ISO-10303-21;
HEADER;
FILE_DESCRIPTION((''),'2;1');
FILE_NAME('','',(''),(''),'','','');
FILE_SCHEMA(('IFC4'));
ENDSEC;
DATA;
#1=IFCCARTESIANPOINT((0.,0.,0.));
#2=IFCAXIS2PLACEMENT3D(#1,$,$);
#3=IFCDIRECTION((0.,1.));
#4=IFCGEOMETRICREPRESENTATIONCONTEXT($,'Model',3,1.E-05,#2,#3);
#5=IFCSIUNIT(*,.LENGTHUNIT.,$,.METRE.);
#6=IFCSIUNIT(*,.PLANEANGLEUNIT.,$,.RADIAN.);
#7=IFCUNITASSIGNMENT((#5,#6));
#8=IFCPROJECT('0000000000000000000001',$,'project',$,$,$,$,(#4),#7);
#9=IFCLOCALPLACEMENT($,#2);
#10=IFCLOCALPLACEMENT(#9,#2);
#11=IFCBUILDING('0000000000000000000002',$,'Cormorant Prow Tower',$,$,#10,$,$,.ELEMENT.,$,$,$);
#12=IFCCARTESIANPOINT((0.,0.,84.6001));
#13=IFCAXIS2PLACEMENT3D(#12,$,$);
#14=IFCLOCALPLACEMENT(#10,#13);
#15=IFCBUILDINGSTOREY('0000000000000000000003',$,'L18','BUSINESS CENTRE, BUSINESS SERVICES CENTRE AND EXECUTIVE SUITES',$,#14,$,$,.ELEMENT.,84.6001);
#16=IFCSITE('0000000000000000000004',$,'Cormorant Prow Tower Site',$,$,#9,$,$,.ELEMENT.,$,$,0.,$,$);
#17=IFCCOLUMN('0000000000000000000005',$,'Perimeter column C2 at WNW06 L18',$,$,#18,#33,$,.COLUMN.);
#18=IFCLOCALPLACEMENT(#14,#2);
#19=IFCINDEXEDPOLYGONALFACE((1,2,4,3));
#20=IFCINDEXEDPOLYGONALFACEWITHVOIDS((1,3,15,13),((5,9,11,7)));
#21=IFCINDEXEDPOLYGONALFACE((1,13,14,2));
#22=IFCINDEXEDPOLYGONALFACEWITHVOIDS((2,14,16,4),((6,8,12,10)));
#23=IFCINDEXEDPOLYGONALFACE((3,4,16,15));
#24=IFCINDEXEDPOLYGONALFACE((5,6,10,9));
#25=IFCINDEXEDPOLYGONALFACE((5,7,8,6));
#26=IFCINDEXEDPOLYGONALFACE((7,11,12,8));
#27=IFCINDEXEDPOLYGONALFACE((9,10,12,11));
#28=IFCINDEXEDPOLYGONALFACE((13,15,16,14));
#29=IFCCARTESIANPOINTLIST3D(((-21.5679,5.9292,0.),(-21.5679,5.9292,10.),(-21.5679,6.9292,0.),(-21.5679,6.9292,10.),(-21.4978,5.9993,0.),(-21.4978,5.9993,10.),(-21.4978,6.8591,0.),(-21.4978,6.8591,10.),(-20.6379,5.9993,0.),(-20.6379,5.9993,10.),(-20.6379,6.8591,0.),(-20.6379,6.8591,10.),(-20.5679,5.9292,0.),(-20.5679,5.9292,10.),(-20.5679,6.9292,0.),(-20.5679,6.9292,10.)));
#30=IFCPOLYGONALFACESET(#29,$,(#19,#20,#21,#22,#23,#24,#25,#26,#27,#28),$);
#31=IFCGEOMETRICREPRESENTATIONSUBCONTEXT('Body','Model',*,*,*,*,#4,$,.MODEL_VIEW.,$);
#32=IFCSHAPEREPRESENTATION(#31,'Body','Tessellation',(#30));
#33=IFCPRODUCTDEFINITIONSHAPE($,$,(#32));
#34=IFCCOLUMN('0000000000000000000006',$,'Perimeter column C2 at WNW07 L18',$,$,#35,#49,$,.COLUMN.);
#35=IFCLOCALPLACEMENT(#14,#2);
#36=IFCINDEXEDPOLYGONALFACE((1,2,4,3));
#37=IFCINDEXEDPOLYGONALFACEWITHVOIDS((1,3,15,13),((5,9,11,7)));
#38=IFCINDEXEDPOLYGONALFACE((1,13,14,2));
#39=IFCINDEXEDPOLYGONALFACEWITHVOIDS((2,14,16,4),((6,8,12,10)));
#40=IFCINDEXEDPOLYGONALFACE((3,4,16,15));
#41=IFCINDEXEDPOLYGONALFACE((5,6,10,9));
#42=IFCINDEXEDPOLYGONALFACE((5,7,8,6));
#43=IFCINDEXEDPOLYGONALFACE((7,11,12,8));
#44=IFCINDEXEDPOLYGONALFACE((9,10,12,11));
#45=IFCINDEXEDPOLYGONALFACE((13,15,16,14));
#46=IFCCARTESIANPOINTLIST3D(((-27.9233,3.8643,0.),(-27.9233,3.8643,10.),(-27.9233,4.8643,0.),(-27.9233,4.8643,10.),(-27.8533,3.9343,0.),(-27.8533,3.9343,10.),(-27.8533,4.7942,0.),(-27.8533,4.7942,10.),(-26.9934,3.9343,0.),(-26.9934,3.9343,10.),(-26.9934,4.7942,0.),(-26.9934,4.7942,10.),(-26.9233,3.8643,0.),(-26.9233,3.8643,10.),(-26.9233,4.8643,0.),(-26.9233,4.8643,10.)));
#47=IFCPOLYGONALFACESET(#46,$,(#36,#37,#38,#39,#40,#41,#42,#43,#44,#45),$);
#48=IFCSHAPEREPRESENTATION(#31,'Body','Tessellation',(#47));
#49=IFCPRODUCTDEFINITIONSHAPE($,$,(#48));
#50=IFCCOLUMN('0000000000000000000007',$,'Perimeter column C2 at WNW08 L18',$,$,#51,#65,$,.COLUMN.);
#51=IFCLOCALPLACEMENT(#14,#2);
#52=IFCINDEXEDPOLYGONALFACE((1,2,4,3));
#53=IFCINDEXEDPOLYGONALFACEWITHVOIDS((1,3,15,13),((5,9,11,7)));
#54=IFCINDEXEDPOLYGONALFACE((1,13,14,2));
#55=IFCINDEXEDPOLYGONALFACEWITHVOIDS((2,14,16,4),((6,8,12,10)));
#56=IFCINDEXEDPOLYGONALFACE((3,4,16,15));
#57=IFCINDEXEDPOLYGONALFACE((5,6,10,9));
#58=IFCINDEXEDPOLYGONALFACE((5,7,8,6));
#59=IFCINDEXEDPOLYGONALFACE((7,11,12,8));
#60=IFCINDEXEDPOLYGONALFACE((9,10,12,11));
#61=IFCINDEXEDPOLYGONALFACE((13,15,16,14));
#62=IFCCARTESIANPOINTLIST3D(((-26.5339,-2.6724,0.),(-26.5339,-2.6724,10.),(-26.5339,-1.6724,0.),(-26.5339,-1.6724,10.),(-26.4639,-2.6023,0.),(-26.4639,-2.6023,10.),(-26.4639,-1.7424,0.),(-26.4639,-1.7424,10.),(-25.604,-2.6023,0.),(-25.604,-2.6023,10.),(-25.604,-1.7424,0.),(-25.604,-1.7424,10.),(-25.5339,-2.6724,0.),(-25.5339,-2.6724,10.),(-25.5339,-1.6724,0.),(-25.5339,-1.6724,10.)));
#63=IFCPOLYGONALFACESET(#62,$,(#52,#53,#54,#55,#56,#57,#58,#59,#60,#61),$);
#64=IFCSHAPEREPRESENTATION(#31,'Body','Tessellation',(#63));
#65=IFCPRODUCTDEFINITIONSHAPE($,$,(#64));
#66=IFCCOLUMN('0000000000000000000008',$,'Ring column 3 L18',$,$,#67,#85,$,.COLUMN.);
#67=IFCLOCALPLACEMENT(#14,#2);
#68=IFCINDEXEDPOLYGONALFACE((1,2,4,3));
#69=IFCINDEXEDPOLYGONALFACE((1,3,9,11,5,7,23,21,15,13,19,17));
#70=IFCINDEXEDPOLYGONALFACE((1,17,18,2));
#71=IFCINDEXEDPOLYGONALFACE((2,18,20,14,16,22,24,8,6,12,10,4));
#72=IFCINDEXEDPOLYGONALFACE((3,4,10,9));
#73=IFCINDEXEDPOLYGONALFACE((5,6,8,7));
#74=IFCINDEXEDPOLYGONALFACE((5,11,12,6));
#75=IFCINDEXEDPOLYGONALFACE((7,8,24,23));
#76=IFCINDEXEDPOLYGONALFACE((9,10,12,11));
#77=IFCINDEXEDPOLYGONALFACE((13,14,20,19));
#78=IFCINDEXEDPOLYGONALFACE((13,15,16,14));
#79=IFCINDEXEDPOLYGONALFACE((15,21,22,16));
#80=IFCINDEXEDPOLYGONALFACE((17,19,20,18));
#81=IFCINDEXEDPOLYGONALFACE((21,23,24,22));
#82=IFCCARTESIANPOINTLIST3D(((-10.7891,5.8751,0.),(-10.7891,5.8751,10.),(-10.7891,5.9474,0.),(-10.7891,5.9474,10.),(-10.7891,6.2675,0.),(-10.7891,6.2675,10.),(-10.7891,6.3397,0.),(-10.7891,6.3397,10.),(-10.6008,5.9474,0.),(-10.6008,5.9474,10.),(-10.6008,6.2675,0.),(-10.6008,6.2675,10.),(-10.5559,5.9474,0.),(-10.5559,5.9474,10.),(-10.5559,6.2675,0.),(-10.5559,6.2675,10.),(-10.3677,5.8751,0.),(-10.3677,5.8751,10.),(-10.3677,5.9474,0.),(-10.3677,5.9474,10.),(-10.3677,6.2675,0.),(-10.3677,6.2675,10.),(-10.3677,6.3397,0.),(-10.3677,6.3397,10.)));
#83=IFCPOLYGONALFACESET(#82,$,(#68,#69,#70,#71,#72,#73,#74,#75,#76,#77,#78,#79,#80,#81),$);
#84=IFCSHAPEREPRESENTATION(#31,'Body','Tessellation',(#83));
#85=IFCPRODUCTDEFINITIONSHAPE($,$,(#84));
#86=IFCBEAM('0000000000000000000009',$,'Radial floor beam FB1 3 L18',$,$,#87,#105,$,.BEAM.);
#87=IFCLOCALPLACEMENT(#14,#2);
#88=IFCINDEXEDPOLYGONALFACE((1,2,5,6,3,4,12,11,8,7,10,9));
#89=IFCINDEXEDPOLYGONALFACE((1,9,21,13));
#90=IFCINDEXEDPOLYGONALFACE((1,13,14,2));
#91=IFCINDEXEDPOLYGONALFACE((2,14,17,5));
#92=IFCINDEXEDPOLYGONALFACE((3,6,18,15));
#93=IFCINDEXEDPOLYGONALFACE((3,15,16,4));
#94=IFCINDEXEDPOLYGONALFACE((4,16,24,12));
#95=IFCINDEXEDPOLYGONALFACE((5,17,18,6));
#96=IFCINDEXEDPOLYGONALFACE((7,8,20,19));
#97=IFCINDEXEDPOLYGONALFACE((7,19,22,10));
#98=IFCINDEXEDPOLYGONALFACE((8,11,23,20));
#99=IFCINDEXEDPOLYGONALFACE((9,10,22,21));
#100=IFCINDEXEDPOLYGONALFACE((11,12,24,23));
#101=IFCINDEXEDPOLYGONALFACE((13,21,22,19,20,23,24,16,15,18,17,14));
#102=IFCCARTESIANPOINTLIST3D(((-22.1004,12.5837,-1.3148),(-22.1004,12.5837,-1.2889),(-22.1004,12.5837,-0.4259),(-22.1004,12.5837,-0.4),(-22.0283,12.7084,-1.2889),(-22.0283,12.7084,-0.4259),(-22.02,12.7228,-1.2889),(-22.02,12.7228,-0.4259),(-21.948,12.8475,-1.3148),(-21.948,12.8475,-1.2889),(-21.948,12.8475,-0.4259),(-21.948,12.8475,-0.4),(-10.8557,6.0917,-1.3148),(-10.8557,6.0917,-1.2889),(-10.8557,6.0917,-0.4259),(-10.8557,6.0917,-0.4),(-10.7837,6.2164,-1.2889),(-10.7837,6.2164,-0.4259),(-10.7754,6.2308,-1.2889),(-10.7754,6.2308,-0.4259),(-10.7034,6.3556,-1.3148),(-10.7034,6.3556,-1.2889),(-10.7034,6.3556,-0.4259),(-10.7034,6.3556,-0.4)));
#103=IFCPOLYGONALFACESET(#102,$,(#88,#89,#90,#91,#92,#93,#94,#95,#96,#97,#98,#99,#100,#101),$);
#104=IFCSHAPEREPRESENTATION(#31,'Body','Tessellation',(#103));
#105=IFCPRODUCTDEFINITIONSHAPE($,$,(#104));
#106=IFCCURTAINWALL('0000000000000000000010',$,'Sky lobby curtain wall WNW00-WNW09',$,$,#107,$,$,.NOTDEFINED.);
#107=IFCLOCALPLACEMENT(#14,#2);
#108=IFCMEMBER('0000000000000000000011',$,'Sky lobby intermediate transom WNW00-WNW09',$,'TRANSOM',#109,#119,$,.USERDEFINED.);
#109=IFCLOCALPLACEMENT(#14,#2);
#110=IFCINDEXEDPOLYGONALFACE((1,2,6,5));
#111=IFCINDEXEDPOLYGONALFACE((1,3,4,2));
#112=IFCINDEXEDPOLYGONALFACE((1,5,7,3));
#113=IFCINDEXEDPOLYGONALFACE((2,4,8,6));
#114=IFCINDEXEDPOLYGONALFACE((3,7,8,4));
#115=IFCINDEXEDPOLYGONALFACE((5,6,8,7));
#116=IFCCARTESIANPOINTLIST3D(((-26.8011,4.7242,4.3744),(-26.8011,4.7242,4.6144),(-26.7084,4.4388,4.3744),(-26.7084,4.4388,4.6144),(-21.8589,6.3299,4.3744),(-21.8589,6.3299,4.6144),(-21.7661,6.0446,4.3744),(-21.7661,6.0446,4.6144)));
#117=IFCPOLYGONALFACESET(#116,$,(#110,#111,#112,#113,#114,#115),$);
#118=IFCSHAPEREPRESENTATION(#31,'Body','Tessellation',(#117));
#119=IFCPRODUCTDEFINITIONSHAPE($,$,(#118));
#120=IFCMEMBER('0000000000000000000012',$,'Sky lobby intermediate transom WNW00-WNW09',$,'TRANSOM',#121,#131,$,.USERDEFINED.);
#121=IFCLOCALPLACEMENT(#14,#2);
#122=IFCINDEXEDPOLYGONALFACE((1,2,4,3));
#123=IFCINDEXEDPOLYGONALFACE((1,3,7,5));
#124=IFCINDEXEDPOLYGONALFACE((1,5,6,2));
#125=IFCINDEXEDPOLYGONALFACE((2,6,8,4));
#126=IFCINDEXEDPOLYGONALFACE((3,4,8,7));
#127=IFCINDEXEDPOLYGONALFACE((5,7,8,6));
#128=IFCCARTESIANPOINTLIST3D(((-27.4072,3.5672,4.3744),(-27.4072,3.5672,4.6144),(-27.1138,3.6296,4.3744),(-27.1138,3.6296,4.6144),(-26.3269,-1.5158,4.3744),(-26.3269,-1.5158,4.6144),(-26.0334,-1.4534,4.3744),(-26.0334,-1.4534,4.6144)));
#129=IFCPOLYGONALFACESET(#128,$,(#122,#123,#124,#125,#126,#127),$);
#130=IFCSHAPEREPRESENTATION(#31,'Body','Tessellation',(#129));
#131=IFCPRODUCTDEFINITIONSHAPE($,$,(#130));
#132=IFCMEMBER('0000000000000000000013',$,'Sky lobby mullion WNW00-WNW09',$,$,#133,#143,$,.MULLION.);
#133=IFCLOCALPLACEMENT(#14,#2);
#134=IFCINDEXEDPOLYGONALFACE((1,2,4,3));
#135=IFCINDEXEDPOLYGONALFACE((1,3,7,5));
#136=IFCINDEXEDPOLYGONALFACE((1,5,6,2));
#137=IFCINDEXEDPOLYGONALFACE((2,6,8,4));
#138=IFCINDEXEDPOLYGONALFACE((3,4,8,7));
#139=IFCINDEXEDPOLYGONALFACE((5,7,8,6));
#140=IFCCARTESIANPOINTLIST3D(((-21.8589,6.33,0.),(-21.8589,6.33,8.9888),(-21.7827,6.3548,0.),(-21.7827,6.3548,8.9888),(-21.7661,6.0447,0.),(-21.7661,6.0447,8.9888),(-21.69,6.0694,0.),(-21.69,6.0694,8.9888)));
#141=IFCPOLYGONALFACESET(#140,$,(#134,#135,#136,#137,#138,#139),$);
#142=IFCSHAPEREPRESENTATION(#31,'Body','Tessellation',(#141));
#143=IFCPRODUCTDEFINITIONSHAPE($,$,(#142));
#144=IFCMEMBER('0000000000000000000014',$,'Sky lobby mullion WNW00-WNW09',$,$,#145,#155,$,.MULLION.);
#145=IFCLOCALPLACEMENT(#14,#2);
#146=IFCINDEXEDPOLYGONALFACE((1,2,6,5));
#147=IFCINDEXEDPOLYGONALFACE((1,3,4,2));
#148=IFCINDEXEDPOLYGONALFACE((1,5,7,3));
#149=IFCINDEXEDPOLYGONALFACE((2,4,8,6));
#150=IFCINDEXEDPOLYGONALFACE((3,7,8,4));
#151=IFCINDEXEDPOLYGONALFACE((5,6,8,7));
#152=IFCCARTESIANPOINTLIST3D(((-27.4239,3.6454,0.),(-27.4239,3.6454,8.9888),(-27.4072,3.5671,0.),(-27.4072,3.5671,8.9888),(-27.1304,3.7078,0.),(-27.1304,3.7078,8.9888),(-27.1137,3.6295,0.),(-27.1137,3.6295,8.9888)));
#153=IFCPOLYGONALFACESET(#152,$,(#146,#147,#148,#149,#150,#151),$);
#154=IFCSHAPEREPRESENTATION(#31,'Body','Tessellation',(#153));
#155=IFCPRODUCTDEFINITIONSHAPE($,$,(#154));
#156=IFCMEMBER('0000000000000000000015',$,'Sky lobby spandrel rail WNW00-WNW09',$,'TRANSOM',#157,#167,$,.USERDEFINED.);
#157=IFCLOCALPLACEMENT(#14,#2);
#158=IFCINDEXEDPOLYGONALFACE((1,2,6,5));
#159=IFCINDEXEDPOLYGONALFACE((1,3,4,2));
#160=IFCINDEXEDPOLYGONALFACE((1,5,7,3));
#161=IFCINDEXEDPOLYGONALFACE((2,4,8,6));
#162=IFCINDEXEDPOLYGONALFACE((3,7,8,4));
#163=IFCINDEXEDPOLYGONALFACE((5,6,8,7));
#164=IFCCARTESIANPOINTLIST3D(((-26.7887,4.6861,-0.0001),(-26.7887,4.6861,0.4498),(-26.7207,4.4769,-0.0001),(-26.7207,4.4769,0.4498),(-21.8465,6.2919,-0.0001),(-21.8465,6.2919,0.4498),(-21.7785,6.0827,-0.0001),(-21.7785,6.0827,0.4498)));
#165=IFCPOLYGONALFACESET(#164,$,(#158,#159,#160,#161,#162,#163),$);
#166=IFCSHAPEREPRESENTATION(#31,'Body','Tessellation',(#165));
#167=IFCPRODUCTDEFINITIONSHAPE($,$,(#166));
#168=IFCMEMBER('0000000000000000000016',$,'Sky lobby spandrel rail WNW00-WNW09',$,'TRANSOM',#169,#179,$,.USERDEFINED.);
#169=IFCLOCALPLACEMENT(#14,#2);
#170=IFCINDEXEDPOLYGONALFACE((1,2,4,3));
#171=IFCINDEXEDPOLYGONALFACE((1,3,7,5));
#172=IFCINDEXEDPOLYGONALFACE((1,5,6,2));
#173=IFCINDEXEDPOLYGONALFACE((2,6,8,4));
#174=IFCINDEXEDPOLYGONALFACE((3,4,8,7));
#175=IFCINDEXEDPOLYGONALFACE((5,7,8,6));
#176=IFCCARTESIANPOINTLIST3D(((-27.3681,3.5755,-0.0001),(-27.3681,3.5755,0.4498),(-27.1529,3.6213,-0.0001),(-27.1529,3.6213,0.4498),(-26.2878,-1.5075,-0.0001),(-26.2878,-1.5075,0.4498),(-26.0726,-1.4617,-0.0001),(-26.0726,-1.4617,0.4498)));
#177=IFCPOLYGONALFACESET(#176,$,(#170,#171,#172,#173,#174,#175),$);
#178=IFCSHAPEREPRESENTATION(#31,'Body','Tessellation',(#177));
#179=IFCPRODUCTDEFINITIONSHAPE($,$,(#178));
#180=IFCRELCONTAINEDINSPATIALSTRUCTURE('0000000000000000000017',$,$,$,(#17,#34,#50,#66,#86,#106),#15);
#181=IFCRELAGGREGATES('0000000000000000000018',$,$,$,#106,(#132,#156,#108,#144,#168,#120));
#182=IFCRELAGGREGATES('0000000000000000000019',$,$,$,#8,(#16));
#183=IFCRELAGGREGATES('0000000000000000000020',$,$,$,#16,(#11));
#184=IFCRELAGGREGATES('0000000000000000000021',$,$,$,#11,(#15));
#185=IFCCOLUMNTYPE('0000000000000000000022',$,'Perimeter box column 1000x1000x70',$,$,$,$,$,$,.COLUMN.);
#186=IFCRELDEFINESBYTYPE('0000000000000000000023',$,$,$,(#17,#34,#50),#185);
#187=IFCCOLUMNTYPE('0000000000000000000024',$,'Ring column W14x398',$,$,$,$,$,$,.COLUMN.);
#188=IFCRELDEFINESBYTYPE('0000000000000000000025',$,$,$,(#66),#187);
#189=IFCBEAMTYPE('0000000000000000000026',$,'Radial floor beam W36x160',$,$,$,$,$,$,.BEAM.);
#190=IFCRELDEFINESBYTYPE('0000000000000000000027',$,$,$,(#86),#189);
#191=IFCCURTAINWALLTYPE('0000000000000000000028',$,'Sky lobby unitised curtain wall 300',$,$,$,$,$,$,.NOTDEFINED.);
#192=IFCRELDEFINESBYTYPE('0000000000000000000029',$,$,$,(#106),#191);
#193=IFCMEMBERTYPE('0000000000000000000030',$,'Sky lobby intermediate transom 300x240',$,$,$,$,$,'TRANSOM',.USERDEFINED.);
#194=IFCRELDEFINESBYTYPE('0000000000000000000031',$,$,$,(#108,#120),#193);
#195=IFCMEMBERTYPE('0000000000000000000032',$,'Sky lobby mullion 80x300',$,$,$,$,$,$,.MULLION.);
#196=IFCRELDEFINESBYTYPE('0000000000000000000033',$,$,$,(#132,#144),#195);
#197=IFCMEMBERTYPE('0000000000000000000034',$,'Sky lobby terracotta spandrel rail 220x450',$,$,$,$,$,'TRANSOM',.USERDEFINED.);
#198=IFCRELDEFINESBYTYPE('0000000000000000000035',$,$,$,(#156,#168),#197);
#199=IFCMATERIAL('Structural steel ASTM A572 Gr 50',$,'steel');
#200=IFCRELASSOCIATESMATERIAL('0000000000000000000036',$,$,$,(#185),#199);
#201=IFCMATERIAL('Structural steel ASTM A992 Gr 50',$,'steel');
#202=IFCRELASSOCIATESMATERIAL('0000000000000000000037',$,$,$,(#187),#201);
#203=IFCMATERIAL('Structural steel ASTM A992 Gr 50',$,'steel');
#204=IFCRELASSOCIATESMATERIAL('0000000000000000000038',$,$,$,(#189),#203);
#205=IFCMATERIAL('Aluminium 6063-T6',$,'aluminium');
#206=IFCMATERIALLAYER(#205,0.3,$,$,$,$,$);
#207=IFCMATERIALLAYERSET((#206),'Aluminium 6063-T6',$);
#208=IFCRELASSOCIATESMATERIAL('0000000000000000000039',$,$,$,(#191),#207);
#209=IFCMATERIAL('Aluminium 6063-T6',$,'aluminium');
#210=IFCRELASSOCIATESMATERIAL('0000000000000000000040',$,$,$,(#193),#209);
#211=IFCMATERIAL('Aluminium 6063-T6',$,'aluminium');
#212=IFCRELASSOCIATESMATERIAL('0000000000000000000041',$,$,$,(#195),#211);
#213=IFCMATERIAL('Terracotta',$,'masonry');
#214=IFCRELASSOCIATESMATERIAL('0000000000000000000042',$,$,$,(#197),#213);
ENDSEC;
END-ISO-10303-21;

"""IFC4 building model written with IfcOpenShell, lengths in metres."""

from ifc_helpers import new_model, si_unit, direction, frame, origin, origin_2d, place, context, subcontext, project, spatial, rectangle, hollow_rectangle, i_section, extrude, material, layer, layer_set, material_profile, profile_set, type_object, element, aggregate, save


model = new_model("IFC4")

# Units and contexts
model_context = context("Model", 3, precision=1e-05, world=origin(), true_north=direction((0.0, 1.0)))
body_context = subcontext(model_context, "Body", "Model", "MODEL_VIEW")
ifc_project = project(units=[si_unit("LENGTHUNIT", "METRE"), si_unit("PLANEANGLEUNIT", "RADIAN")], contexts=[model_context])

# Site, building, storey
site_placement = place(None, origin())
site = spatial("IfcSite", under=ifc_project, at=site_placement, Name="Cormorant Prow Tower Site", CompositionType="ELEMENT", RefElevation=0.0)
building_placement = place(site_placement, origin())
building = spatial("IfcBuilding", under=site, at=building_placement, Name="Cormorant Prow Tower", CompositionType="ELEMENT")
storey_placement = place(building_placement, frame((0.0, 0.0, 84.6001)))
storey = spatial("IfcBuildingStorey", under=building, at=storey_placement, Name="L18", Description="BUSINESS CENTRE, BUSINESS SERVICES CENTRE AND EXECUTIVE SUITES", CompositionType="ELEMENT", Elevation=84.6001)

# Columns
ifc_material_1 = material(Name="Structural steel ASTM A572 Gr 50", Category="steel")
ifc_material_profile_1 = material_profile(ifc_material_1, hollow_rectangle(XDim=1.0, YDim=1.0, WallThickness=0.0701, at=origin_2d()), Name="Box 1000x1000x70")
ifc_profile_set_1 = profile_set([ifc_material_profile_1], Name="Structural steel ASTM A572 Gr 50")
column_type_1 = type_object("IfcColumnType", Name="Perimeter box column 1000x1000x70", PredefinedType="COLUMN", material=ifc_profile_set_1)
for number, where, z_axis, x_axis, name in (
    (1, (-21.0679, 6.4292, 0.0), (0.0, 0.0, 1.0), (1.0, 0.0, 0.0), "Perimeter column C2 at WNW06 L18"),
    (2, (-27.4233, 4.3643, 0.0), (0.0, 0.0, 1.0), (1.0, 0.0, 0.0), "Perimeter column C2 at WNW07 L18"),
    (3, (-26.0339, -2.1724, 0.0), (0.0, 0.0, 1.0), (1.0, 0.0, 0.0), "Perimeter column C2 at WNW08 L18"),
):
    element("IfcColumn", number, at=place(storey_placement, frame(where, z_axis=z_axis, x_axis=x_axis)), inside=storey, type_object=column_type_1, Name=name, PredefinedType="COLUMN", context=body_context, shape_type="SweptSolid", body=[
        extrude(hollow_rectangle(XDim=1.0, YDim=1.0, WallThickness=0.0701, at=origin_2d()), origin(), (0.0, 0.0, 1.0), 10.0),
    ])
ifc_material_2 = material(Name="Structural steel ASTM A992 Gr 50", Category="steel")
ifc_material_profile_2 = material_profile(ifc_material_2, i_section(OverallWidth=0.4214, OverallDepth=0.4646, WebThickness=0.0449, FlangeThickness=0.0723, at=origin_2d()), Name="W14x398")
ifc_profile_set_2 = profile_set([ifc_material_profile_2], Name="Structural steel ASTM A992 Gr 50")
column_type_2 = type_object("IfcColumnType", Name="Ring column W14x398", PredefinedType="COLUMN", material=ifc_profile_set_2)
column_placement = place(storey_placement, frame((-10.5784, 6.1074, 0.0), z_axis=(0.0, 0.0, 1.0), x_axis=(1.0, 0.0, 0.0)))
element("IfcColumn", 4, at=column_placement, inside=storey, type_object=column_type_2, Name="Ring column 3 L18", PredefinedType="COLUMN", context=body_context, shape_type="SweptSolid", body=[
    extrude(i_section(OverallWidth=0.4214, OverallDepth=0.4646, WebThickness=0.0449, FlangeThickness=0.0723, at=origin_2d()), origin(), (0.0, 0.0, 1.0), 10.0),
])

# Beam
ifc_material_3 = material(Name="Structural steel ASTM A992 Gr 50", Category="steel")
ifc_material_profile_3 = material_profile(ifc_material_3, i_section(OverallWidth=0.3047, OverallDepth=0.9148, WebThickness=0.0166, FlangeThickness=0.0259, at=origin_2d()), Name="W36x160")
ifc_profile_set_3 = profile_set([ifc_material_profile_3], Name="Structural steel ASTM A992 Gr 50")
beam_type_1 = type_object("IfcBeamType", Name="Radial floor beam W36x160", PredefinedType="BEAM", material=ifc_profile_set_3)
beam_1_placement = place(storey_placement, frame((-10.7795, 6.2236, -0.8574), z_axis=(-0.86603, 0.499992, 0.0), x_axis=(-0.499992, -0.86603, 0.0)))
element("IfcBeam", 5, at=beam_1_placement, inside=storey, type_object=beam_type_1, Name="Radial floor beam FB1 3 L18", PredefinedType="BEAM", context=body_context, shape_type="SweptSolid", body=[
    extrude(i_section(OverallWidth=0.3047, OverallDepth=0.9148, WebThickness=0.0166, FlangeThickness=0.0259, at=origin_2d()), origin(), (0.0, 0.0, 1.0), 12.9841),
])

# Curtain wall, members
ifc_material_4 = material(Name="Aluminium 6063-T6", Category="aluminium")
ifc_layer_1 = layer(ifc_material_4, 0.3)
ifc_layer_set_1 = layer_set([ifc_layer_1], Name="Aluminium 6063-T6")
curtain_wall_type = type_object("IfcCurtainWallType", Name="Sky lobby unitised curtain wall 300", PredefinedType="NOTDEFINED", material=ifc_layer_set_1)
curtain_wall_placement = place(storey_placement, origin())
curtain_wall = element("IfcCurtainWall", 6, at=curtain_wall_placement, inside=storey, type_object=curtain_wall_type, Name="Sky lobby curtain wall WNW00-WNW09", PredefinedType="NOTDEFINED")
ifc_material_5 = material(Name="Aluminium 6063-T6", Category="aluminium")
ifc_material_profile_4 = material_profile(ifc_material_5, rectangle(XDim=0.3, YDim=0.24, at=origin_2d()), Name="Sky lobby intermediate transom 300x240")
ifc_profile_set_4 = profile_set([ifc_material_profile_4], Name="Aluminium 6063-T6")
member_type_1 = type_object("IfcMemberType", Name="Sky lobby intermediate transom 300x240", ElementType="TRANSOM", PredefinedType="USERDEFINED", material=ifc_profile_set_4)
member_1_placement = place(storey_placement, frame((-21.8125, 6.1873, 4.4944), z_axis=(-0.951061, -0.309002, 0.0), x_axis=(0.309002, -0.951061, 0.0)))
member_1 = element("IfcMember", 7, at=member_1_placement, type_object=member_type_1, Name="Sky lobby intermediate transom WNW00-WNW09", ObjectType="TRANSOM", PredefinedType="USERDEFINED", context=body_context, shape_type="SweptSolid", body=[
    extrude(rectangle(XDim=0.3, YDim=0.24, at=origin_2d()), origin(), (0.0, 0.0, 1.0), 5.1965),
])
member_2_placement = place(storey_placement, frame((-27.2605, 3.5984, 4.4944), z_axis=(0.207892, -0.978152, 0.0), x_axis=(0.978152, 0.207892, 0.0)))
member_2 = element("IfcMember", 8, at=member_2_placement, type_object=member_type_1, Name="Sky lobby intermediate transom WNW00-WNW09", ObjectType="TRANSOM", PredefinedType="USERDEFINED", context=body_context, shape_type="SweptSolid", body=[
    extrude(rectangle(XDim=0.3, YDim=0.24, at=origin_2d()), origin(), (0.0, 0.0, 1.0), 5.1965),
])
ifc_material_6 = material(Name="Aluminium 6063-T6", Category="aluminium")
ifc_material_profile_5 = material_profile(ifc_material_6, rectangle(XDim=0.3, YDim=0.0801, at=origin_2d()), Name="Sky lobby mullion 80x300")
ifc_profile_set_5 = profile_set([ifc_material_profile_5], Name="Aluminium 6063-T6")
member_type_2 = type_object("IfcMemberType", Name="Sky lobby mullion 80x300", PredefinedType="MULLION", material=ifc_profile_set_5)
member_3_placement = place(storey_placement, frame((-21.7744, 6.1997, 0.0), z_axis=(0.0, 0.0, 1.0), x_axis=(0.309017, -0.951057, 0.0)))
member_3 = element("IfcMember", 9, at=member_3_placement, type_object=member_type_2, Name="Sky lobby mullion WNW00-WNW09", PredefinedType="MULLION", context=body_context, shape_type="SweptSolid", body=[
    extrude(rectangle(XDim=0.3, YDim=0.0801, at=origin_2d()), origin(), (0.0, 0.0, 1.0), 8.9888),
])
member_4_placement = place(storey_placement, frame((-27.2688, 3.6375, 0.0), z_axis=(0.0, 0.0, 1.0), x_axis=(0.978148, 0.207912, 0.0)))
member_4 = element("IfcMember", 10, at=member_4_placement, type_object=member_type_2, Name="Sky lobby mullion WNW00-WNW09", PredefinedType="MULLION", context=body_context, shape_type="SweptSolid", body=[
    extrude(rectangle(XDim=0.3, YDim=0.0801, at=origin_2d()), origin(), (0.0, 0.0, 1.0), 8.9888),
])
ifc_material_7 = material(Name="Terracotta", Category="masonry")
ifc_material_profile_6 = material_profile(ifc_material_7, rectangle(XDim=0.22, YDim=0.45, at=origin_2d()), Name="Sky lobby terracotta spandrel rail 220x450")
ifc_profile_set_6 = profile_set([ifc_material_profile_6], Name="Terracotta")
member_type_3 = type_object("IfcMemberType", Name="Sky lobby terracotta spandrel rail 220x450", ElementType="TRANSOM", PredefinedType="USERDEFINED", material=ifc_profile_set_6)
member_5_placement = place(storey_placement, frame((-21.8125, 6.1873, 0.2249), z_axis=(-0.951061, -0.309002, 0.0), x_axis=(0.309002, -0.951061, 0.0)))
member_5 = element("IfcMember", 11, at=member_5_placement, type_object=member_type_3, Name="Sky lobby spandrel rail WNW00-WNW09", ObjectType="TRANSOM", PredefinedType="USERDEFINED", context=body_context, shape_type="SweptSolid", body=[
    extrude(rectangle(XDim=0.22, YDim=0.45, at=origin_2d()), origin(), (0.0, 0.0, 1.0), 5.1965),
])
member_6_placement = place(storey_placement, frame((-27.2605, 3.5984, 0.2249), z_axis=(0.207892, -0.978152, 0.0), x_axis=(0.978152, 0.207892, 0.0)))
member_6 = element("IfcMember", 12, at=member_6_placement, type_object=member_type_3, Name="Sky lobby spandrel rail WNW00-WNW09", ObjectType="TRANSOM", PredefinedType="USERDEFINED", context=body_context, shape_type="SweptSolid", body=[
    extrude(rectangle(XDim=0.22, YDim=0.45, at=origin_2d()), origin(), (0.0, 0.0, 1.0), 5.1965),
])

aggregate(curtain_wall, [member_3, member_5, member_1, member_4, member_6, member_2])

save(model, "model.ifc")
